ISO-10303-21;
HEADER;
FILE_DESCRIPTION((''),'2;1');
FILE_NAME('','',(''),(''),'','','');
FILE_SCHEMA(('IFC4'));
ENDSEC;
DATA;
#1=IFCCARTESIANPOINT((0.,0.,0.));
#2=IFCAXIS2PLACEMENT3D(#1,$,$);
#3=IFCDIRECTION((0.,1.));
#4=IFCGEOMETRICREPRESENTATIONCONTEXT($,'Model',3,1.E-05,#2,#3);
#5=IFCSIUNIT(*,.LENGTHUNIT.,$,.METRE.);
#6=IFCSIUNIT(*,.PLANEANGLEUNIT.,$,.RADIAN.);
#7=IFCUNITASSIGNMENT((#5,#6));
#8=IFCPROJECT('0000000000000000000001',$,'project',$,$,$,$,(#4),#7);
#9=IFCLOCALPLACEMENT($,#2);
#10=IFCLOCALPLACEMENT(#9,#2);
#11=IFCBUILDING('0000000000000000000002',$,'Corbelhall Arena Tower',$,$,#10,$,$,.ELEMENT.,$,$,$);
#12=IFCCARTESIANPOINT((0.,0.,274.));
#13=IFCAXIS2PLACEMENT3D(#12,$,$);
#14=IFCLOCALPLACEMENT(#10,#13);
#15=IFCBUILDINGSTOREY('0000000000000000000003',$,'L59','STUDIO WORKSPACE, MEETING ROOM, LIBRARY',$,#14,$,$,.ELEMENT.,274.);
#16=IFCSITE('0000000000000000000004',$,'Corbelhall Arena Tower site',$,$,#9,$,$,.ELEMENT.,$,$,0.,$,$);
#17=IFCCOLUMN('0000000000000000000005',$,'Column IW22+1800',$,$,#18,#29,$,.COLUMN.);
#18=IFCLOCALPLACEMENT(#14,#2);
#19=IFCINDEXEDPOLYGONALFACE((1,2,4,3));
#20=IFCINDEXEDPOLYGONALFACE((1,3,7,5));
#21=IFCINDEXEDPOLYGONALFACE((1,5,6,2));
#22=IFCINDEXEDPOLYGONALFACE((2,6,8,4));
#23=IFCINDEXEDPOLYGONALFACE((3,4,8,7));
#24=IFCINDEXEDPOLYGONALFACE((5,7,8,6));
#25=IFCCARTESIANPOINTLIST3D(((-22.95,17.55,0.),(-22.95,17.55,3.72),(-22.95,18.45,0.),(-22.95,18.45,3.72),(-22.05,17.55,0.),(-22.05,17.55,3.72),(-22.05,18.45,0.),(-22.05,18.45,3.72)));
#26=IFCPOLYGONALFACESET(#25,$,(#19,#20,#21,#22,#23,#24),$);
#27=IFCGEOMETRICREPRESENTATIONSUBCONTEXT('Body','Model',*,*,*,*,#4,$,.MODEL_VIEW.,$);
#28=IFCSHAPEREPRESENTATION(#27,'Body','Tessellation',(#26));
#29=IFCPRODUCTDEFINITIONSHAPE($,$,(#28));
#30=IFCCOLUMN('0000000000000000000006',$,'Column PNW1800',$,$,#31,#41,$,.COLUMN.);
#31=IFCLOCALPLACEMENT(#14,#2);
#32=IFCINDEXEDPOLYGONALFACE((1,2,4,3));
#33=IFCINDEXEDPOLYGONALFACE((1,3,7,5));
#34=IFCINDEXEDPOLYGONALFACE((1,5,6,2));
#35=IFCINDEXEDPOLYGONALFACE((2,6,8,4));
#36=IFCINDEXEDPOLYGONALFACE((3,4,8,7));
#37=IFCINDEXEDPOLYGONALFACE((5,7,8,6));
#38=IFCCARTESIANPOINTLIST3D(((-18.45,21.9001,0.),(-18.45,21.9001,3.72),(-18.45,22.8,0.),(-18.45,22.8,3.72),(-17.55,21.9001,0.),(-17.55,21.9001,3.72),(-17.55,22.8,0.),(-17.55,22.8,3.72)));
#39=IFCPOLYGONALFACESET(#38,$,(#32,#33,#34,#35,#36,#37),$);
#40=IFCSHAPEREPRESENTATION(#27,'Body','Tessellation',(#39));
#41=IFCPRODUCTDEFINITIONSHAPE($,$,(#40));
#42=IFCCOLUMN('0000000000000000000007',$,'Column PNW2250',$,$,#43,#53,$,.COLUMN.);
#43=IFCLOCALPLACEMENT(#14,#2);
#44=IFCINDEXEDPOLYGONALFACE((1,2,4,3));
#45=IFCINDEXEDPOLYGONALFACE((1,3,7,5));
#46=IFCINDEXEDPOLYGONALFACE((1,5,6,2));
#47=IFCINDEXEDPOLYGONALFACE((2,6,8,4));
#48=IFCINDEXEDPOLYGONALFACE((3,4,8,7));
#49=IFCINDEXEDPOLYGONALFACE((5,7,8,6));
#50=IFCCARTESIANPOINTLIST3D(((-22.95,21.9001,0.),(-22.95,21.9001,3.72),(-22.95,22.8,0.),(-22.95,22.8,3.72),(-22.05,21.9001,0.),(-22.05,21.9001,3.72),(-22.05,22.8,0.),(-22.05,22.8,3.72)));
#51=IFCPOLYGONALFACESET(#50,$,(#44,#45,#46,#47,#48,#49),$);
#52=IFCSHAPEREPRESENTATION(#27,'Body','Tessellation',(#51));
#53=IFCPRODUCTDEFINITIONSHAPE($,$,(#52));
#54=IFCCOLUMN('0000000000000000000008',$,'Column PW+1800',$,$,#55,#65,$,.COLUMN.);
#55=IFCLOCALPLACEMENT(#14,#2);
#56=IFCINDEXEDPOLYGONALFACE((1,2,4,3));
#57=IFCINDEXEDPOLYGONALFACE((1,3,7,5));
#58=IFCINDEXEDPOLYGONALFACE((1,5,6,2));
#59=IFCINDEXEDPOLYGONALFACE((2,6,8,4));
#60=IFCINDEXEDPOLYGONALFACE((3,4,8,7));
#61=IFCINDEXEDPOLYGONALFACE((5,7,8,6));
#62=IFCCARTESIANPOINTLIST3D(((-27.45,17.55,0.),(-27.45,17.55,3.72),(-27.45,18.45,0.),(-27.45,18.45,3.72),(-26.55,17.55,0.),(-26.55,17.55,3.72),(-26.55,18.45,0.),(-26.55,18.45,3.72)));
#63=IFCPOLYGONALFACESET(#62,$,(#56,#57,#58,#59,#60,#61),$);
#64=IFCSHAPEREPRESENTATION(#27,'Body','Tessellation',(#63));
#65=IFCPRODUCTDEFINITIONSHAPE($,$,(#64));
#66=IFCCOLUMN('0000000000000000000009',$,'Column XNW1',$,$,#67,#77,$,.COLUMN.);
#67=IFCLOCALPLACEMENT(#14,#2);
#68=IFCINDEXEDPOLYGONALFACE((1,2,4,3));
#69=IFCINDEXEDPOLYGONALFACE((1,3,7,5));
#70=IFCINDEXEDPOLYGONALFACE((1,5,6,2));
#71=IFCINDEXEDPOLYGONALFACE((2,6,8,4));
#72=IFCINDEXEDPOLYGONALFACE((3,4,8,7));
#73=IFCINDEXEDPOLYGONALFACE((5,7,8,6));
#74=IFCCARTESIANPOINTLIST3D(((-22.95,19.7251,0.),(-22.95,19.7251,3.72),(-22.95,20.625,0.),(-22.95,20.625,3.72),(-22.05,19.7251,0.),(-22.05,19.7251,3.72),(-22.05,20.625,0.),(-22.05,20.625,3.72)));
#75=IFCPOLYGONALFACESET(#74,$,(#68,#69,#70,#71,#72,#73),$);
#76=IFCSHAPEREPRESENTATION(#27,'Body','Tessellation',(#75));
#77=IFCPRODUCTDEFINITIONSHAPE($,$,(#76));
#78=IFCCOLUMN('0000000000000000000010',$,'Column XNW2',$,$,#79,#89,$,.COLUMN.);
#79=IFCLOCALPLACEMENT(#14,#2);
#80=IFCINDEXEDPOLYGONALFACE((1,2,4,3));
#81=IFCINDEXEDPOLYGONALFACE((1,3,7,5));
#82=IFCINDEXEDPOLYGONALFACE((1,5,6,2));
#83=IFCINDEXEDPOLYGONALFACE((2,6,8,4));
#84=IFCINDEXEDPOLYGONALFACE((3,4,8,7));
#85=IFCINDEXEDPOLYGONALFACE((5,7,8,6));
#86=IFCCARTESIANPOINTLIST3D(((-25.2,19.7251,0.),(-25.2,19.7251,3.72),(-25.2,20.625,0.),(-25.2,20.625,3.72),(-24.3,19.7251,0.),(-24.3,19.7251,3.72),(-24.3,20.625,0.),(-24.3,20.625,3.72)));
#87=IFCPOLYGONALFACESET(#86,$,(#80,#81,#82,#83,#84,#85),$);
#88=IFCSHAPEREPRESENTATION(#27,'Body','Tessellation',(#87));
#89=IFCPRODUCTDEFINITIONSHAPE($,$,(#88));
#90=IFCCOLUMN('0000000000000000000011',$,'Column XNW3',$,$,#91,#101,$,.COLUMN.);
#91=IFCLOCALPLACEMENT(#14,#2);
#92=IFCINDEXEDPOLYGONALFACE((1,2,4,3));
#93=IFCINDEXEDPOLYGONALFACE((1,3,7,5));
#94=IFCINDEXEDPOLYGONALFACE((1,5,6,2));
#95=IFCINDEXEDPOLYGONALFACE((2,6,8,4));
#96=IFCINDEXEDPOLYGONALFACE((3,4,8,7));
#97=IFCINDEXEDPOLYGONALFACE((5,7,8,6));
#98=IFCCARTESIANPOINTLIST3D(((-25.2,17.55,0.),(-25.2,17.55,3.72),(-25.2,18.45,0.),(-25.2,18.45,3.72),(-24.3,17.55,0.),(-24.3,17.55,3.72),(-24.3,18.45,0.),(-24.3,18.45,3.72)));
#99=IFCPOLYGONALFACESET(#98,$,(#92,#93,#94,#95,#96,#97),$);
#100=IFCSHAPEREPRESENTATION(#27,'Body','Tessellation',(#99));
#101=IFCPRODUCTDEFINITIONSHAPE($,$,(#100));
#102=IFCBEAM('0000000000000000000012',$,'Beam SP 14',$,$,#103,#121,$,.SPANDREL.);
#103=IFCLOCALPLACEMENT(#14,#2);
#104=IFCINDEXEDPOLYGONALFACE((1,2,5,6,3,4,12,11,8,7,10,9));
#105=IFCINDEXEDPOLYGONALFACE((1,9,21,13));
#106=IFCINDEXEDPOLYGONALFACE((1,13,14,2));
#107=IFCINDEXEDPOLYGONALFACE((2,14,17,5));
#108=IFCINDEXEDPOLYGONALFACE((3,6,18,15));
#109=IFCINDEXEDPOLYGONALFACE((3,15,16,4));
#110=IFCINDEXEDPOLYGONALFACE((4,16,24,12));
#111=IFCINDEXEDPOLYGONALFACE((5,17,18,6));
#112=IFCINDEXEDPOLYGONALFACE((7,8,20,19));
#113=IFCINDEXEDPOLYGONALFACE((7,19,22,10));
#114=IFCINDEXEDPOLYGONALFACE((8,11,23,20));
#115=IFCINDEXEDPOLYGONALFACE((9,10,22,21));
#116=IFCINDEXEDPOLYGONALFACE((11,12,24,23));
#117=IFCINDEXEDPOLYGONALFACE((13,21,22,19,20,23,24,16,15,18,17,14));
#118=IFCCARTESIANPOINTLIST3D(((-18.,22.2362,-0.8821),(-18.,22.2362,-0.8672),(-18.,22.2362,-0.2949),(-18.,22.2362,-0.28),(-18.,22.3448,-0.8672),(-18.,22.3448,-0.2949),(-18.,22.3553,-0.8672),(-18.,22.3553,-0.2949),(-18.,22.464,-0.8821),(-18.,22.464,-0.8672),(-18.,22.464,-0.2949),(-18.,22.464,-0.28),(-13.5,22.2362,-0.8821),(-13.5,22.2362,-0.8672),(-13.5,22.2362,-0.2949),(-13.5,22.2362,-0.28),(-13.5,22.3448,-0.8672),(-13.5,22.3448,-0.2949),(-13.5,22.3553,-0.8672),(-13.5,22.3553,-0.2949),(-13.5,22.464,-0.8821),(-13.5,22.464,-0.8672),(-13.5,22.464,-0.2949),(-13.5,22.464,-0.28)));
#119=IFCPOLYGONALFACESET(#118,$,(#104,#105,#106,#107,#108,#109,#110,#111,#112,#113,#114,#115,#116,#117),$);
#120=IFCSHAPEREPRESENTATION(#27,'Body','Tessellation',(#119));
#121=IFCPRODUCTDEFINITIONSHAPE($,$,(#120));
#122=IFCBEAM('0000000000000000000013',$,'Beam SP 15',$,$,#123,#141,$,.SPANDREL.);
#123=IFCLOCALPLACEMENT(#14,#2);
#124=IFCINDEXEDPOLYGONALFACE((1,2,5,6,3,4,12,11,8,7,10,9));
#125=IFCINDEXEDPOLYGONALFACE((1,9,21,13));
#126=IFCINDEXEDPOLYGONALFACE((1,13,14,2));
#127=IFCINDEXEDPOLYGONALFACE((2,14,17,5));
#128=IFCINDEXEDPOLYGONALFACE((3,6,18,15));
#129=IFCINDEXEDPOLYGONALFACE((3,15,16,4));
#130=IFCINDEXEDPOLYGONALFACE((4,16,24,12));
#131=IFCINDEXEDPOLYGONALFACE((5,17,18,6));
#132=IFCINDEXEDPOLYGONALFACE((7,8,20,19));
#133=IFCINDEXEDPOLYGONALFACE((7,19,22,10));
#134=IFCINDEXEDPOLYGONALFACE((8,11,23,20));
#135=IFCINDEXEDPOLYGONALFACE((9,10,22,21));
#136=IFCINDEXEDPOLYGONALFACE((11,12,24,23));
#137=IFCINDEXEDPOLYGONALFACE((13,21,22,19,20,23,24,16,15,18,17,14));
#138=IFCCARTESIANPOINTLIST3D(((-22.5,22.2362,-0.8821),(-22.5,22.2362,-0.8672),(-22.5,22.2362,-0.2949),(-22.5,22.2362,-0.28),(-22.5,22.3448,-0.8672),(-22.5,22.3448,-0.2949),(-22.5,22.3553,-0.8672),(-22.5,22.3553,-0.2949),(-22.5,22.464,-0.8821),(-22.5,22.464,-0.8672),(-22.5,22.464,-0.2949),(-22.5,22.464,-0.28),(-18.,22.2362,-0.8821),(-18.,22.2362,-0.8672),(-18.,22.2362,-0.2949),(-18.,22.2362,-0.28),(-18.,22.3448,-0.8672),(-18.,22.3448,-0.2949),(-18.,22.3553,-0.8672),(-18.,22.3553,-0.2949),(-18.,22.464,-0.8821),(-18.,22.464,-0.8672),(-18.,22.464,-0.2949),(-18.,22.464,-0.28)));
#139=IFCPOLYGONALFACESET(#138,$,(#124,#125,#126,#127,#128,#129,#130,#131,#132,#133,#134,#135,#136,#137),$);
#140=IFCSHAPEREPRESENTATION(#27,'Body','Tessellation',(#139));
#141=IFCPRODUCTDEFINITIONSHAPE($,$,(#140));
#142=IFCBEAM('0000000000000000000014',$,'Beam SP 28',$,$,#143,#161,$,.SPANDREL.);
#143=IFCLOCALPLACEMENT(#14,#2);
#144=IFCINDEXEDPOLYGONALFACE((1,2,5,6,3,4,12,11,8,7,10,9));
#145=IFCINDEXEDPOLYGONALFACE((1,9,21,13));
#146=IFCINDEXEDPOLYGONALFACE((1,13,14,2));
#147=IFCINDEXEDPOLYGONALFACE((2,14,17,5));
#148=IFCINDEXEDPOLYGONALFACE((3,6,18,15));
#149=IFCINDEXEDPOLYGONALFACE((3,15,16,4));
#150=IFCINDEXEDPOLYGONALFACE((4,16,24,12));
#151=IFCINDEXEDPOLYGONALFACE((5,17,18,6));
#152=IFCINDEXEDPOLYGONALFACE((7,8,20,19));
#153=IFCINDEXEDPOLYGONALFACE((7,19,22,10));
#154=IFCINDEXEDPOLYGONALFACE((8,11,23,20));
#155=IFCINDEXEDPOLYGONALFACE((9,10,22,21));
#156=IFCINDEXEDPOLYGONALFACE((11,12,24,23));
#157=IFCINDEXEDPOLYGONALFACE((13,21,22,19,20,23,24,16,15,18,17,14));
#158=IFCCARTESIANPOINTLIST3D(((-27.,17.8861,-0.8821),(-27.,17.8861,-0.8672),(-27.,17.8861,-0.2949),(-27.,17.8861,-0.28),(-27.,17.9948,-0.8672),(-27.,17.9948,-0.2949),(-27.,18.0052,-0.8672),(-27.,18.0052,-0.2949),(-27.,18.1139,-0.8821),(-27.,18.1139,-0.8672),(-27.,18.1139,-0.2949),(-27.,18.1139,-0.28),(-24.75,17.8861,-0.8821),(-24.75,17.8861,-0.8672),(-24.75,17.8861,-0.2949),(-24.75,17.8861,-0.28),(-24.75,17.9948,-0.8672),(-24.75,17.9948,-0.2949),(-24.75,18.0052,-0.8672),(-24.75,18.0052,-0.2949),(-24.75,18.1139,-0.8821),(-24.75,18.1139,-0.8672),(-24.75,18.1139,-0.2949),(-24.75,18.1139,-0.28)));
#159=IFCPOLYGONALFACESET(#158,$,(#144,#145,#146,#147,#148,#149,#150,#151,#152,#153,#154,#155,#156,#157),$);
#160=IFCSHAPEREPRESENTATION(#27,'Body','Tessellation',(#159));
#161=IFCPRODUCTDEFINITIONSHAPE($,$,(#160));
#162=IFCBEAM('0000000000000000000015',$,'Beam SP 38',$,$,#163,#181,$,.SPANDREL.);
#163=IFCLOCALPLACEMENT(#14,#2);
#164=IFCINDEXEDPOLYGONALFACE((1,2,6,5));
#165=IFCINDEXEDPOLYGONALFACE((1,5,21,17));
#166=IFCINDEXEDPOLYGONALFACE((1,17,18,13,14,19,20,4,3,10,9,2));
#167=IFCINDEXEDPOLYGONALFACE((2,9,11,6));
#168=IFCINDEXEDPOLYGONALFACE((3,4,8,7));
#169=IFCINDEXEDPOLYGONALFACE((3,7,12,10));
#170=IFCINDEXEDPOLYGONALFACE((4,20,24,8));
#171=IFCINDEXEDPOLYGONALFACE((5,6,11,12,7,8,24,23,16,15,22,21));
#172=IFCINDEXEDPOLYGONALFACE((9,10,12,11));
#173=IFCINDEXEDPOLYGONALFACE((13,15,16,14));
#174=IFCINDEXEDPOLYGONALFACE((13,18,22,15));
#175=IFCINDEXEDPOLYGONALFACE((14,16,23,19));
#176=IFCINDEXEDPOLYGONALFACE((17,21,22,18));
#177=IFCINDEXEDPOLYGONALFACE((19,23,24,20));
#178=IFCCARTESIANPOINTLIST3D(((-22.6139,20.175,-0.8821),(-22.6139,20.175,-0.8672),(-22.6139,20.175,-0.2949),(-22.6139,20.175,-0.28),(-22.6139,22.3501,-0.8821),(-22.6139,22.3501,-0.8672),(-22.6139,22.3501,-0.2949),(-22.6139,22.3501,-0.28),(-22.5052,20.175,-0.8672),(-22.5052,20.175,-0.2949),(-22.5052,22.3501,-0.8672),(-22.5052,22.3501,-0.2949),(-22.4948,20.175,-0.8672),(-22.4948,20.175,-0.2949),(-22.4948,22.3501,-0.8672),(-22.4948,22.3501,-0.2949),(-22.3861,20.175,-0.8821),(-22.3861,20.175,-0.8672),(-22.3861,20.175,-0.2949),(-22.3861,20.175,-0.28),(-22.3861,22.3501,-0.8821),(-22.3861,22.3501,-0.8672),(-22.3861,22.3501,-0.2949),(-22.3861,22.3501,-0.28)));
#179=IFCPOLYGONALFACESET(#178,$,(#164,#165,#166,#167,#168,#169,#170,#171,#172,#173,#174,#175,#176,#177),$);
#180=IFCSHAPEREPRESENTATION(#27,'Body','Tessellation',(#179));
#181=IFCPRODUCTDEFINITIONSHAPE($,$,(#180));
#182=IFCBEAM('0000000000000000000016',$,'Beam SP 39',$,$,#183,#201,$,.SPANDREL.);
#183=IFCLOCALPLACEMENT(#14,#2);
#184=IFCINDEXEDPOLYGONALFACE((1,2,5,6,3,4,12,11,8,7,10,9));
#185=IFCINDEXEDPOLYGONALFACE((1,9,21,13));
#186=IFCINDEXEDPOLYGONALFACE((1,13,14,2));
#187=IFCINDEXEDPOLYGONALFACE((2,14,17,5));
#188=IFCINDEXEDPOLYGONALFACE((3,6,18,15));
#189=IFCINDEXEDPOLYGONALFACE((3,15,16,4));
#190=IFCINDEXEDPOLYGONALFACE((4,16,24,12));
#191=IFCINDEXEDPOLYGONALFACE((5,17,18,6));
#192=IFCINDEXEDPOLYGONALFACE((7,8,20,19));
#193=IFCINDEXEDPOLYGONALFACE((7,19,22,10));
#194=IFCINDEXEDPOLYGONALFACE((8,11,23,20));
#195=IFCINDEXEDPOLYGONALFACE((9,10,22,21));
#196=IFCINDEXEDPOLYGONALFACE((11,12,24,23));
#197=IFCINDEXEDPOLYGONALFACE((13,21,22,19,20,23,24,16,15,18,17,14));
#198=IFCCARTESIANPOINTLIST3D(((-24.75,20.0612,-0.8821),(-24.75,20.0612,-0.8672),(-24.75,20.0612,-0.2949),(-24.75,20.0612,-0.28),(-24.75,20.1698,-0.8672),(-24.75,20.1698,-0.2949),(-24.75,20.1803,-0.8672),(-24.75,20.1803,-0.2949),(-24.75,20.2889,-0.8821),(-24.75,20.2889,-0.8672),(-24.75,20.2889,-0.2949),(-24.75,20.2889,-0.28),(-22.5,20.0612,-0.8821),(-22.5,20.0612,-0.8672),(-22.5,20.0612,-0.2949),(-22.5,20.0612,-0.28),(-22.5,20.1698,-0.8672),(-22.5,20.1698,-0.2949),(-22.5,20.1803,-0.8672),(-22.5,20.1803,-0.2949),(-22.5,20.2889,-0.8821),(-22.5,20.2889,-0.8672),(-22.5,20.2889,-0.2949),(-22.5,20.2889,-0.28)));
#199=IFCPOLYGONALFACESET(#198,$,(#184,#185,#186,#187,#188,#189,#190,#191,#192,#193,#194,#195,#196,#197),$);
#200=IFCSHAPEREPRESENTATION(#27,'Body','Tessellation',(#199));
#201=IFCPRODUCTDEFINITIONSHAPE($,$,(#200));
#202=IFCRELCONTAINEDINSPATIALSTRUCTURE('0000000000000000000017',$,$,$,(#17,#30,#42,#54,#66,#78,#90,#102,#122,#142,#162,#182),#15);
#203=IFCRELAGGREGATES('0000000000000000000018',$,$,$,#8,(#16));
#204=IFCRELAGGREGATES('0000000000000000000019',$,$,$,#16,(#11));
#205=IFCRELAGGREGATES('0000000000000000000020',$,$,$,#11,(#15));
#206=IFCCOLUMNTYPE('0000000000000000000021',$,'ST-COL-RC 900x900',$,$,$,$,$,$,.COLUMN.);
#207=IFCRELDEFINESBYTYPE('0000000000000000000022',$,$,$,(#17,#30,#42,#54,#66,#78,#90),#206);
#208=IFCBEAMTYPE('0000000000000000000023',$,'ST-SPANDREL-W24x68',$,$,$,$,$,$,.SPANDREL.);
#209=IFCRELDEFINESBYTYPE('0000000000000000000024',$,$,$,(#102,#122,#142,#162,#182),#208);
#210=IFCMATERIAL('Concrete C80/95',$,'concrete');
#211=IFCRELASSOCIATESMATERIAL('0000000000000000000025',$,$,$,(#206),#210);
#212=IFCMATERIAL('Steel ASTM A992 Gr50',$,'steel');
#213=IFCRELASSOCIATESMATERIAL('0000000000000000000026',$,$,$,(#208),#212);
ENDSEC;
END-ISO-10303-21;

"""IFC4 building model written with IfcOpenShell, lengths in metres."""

from ifc_helpers import new_model, si_unit, direction, frame, origin, origin_2d, place, context, subcontext, project, spatial, rectangle, i_section, extrude, material, material_profile, profile_set, type_object, element, save


model = new_model("IFC4")

# Units and contexts
model_context = context("Model", 3, precision=1e-05, world=origin(), true_north=direction((0.0, 1.0)))
body_context = subcontext(model_context, "Body", "Model", "MODEL_VIEW")
ifc_project = project(units=[si_unit("LENGTHUNIT", "METRE"), si_unit("PLANEANGLEUNIT", "RADIAN")], contexts=[model_context])

# Site, building, storey
site_placement = place(None, origin())
site = spatial("IfcSite", under=ifc_project, at=site_placement, Name="Corbelhall Arena Tower site", CompositionType="ELEMENT", RefElevation=0.0)
building_placement = place(site_placement, origin())
building = spatial("IfcBuilding", under=site, at=building_placement, Name="Corbelhall Arena Tower", CompositionType="ELEMENT")
storey_placement = place(building_placement, frame((0.0, 0.0, 274.0)))
storey = spatial("IfcBuildingStorey", under=building, at=storey_placement, Name="L59", Description="STUDIO WORKSPACE, MEETING ROOM, LIBRARY", CompositionType="ELEMENT", Elevation=274.0)

# Columns
ifc_material_1 = material(Name="Concrete C80/95", Category="concrete")
ifc_material_profile_1 = material_profile(ifc_material_1, rectangle(XDim=0.8999, YDim=0.8999, at=origin_2d()))
ifc_profile_set_1 = profile_set([ifc_material_profile_1], Name="Concrete C80/95")
column_type = type_object("IfcColumnType", Name="ST-COL-RC 900x900", PredefinedType="COLUMN", material=ifc_profile_set_1)
for number, where, z_axis, x_axis, name in (
    (1, (-22.5, 18.0, 0.0), (0.0, 0.0, 1.0), (1.0, 0.0, 0.0), "Column IW22+1800"),
    (2, (-18.0, 22.3501, 0.0), (0.0, 0.0, 1.0), (1.0, 0.0, 0.0), "Column PNW1800"),
    (3, (-22.5, 22.3501, 0.0), (0.0, 0.0, 1.0), (1.0, 0.0, 0.0), "Column PNW2250"),
    (4, (-27.0, 18.0, 0.0), (0.0, 0.0, 1.0), (0.0, 1.0, 0.0), "Column PW+1800"),
    (5, (-22.5, 20.175, 0.0), (0.0, 0.0, 1.0), (1.0, 0.0, 0.0), "Column XNW1"),
    (6, (-24.75, 20.175, 0.0), (0.0, 0.0, 1.0), (1.0, 0.0, 0.0), "Column XNW2"),
    (7, (-24.75, 18.0, 0.0), (0.0, 0.0, 1.0), (1.0, 0.0, 0.0), "Column XNW3"),
):
    element("IfcColumn", number, at=place(storey_placement, frame(where, z_axis=z_axis, x_axis=x_axis)), inside=storey, type_object=column_type, Name=name, PredefinedType="COLUMN", context=body_context, shape_type="SweptSolid", body=[
        extrude(rectangle(XDim=0.8999, YDim=0.8999, at=origin_2d()), origin(), (0.0, 0.0, 1.0), 3.72),
    ])

# Beams
ifc_material_2 = material(Name="Steel ASTM A992 Gr50", Category="steel")
ifc_material_profile_2 = material_profile(ifc_material_2, i_section(OverallWidth=0.2278, OverallDepth=0.6021, WebThickness=0.0105, FlangeThickness=0.0149, at=origin_2d()))
ifc_profile_set_2 = profile_set([ifc_material_profile_2], Name="Steel ASTM A992 Gr50")
beam_type = type_object("IfcBeamType", Name="ST-SPANDREL-W24x68", PredefinedType="SPANDREL", material=ifc_profile_set_2)
for number, where, z_axis, x_axis, name in (
    (8, (-18.0, 22.3501, -0.5811), (1.0, 0.0, 0.0), (0.0, 1.0, 0.0), "Beam SP 14"),
    (9, (-22.5, 22.3501, -0.5811), (1.0, 0.0, 0.0), (0.0, 1.0, 0.0), "Beam SP 15"),
):
    element("IfcBeam", number, at=place(storey_placement, frame(where, z_axis=z_axis, x_axis=x_axis)), inside=storey, type_object=beam_type, Name=name, PredefinedType="SPANDREL", context=body_context, shape_type="SweptSolid", body=[
        extrude(i_section(OverallWidth=0.2278, OverallDepth=0.6021, WebThickness=0.0105, FlangeThickness=0.0149, at=origin_2d()), origin(), (0.0, 0.0, 1.0), 4.5),
    ])
beam_1_placement = place(storey_placement, frame((-27.0, 18.0, -0.5811), z_axis=(1.0, 0.0, 0.0), x_axis=(0.0, 1.0, 0.0)))
element("IfcBeam", 10, at=beam_1_placement, inside=storey, type_object=beam_type, Name="Beam SP 28", PredefinedType="SPANDREL", context=body_context, shape_type="SweptSolid", body=[
    extrude(i_section(OverallWidth=0.2278, OverallDepth=0.6021, WebThickness=0.0105, FlangeThickness=0.0149, at=origin_2d()), origin(), (0.0, 0.0, 1.0), 2.25),
])
beam_2_placement = place(storey_placement, frame((-22.5, 20.175, -0.5811), z_axis=(0.0, 1.0, 0.0), x_axis=(-1.0, 0.0, 0.0)))
element("IfcBeam", 11, at=beam_2_placement, inside=storey, type_object=beam_type, Name="Beam SP 38", PredefinedType="SPANDREL", context=body_context, shape_type="SweptSolid", body=[
    extrude(i_section(OverallWidth=0.2278, OverallDepth=0.6021, WebThickness=0.0105, FlangeThickness=0.0149, at=origin_2d()), origin(), (0.0, 0.0, 1.0), 2.175),
])
beam_3_placement = place(storey_placement, frame((-24.75, 20.175, -0.5811), z_axis=(1.0, 0.0, 0.0), x_axis=(0.0, 1.0, 0.0)))
element("IfcBeam", 12, at=beam_3_placement, inside=storey, type_object=beam_type, Name="Beam SP 39", PredefinedType="SPANDREL", context=body_context, shape_type="SweptSolid", body=[
    extrude(i_section(OverallWidth=0.2278, OverallDepth=0.6021, WebThickness=0.0105, FlangeThickness=0.0149, at=origin_2d()), origin(), (0.0, 0.0, 1.0), 2.25),
])

save(model, "model.ifc")
